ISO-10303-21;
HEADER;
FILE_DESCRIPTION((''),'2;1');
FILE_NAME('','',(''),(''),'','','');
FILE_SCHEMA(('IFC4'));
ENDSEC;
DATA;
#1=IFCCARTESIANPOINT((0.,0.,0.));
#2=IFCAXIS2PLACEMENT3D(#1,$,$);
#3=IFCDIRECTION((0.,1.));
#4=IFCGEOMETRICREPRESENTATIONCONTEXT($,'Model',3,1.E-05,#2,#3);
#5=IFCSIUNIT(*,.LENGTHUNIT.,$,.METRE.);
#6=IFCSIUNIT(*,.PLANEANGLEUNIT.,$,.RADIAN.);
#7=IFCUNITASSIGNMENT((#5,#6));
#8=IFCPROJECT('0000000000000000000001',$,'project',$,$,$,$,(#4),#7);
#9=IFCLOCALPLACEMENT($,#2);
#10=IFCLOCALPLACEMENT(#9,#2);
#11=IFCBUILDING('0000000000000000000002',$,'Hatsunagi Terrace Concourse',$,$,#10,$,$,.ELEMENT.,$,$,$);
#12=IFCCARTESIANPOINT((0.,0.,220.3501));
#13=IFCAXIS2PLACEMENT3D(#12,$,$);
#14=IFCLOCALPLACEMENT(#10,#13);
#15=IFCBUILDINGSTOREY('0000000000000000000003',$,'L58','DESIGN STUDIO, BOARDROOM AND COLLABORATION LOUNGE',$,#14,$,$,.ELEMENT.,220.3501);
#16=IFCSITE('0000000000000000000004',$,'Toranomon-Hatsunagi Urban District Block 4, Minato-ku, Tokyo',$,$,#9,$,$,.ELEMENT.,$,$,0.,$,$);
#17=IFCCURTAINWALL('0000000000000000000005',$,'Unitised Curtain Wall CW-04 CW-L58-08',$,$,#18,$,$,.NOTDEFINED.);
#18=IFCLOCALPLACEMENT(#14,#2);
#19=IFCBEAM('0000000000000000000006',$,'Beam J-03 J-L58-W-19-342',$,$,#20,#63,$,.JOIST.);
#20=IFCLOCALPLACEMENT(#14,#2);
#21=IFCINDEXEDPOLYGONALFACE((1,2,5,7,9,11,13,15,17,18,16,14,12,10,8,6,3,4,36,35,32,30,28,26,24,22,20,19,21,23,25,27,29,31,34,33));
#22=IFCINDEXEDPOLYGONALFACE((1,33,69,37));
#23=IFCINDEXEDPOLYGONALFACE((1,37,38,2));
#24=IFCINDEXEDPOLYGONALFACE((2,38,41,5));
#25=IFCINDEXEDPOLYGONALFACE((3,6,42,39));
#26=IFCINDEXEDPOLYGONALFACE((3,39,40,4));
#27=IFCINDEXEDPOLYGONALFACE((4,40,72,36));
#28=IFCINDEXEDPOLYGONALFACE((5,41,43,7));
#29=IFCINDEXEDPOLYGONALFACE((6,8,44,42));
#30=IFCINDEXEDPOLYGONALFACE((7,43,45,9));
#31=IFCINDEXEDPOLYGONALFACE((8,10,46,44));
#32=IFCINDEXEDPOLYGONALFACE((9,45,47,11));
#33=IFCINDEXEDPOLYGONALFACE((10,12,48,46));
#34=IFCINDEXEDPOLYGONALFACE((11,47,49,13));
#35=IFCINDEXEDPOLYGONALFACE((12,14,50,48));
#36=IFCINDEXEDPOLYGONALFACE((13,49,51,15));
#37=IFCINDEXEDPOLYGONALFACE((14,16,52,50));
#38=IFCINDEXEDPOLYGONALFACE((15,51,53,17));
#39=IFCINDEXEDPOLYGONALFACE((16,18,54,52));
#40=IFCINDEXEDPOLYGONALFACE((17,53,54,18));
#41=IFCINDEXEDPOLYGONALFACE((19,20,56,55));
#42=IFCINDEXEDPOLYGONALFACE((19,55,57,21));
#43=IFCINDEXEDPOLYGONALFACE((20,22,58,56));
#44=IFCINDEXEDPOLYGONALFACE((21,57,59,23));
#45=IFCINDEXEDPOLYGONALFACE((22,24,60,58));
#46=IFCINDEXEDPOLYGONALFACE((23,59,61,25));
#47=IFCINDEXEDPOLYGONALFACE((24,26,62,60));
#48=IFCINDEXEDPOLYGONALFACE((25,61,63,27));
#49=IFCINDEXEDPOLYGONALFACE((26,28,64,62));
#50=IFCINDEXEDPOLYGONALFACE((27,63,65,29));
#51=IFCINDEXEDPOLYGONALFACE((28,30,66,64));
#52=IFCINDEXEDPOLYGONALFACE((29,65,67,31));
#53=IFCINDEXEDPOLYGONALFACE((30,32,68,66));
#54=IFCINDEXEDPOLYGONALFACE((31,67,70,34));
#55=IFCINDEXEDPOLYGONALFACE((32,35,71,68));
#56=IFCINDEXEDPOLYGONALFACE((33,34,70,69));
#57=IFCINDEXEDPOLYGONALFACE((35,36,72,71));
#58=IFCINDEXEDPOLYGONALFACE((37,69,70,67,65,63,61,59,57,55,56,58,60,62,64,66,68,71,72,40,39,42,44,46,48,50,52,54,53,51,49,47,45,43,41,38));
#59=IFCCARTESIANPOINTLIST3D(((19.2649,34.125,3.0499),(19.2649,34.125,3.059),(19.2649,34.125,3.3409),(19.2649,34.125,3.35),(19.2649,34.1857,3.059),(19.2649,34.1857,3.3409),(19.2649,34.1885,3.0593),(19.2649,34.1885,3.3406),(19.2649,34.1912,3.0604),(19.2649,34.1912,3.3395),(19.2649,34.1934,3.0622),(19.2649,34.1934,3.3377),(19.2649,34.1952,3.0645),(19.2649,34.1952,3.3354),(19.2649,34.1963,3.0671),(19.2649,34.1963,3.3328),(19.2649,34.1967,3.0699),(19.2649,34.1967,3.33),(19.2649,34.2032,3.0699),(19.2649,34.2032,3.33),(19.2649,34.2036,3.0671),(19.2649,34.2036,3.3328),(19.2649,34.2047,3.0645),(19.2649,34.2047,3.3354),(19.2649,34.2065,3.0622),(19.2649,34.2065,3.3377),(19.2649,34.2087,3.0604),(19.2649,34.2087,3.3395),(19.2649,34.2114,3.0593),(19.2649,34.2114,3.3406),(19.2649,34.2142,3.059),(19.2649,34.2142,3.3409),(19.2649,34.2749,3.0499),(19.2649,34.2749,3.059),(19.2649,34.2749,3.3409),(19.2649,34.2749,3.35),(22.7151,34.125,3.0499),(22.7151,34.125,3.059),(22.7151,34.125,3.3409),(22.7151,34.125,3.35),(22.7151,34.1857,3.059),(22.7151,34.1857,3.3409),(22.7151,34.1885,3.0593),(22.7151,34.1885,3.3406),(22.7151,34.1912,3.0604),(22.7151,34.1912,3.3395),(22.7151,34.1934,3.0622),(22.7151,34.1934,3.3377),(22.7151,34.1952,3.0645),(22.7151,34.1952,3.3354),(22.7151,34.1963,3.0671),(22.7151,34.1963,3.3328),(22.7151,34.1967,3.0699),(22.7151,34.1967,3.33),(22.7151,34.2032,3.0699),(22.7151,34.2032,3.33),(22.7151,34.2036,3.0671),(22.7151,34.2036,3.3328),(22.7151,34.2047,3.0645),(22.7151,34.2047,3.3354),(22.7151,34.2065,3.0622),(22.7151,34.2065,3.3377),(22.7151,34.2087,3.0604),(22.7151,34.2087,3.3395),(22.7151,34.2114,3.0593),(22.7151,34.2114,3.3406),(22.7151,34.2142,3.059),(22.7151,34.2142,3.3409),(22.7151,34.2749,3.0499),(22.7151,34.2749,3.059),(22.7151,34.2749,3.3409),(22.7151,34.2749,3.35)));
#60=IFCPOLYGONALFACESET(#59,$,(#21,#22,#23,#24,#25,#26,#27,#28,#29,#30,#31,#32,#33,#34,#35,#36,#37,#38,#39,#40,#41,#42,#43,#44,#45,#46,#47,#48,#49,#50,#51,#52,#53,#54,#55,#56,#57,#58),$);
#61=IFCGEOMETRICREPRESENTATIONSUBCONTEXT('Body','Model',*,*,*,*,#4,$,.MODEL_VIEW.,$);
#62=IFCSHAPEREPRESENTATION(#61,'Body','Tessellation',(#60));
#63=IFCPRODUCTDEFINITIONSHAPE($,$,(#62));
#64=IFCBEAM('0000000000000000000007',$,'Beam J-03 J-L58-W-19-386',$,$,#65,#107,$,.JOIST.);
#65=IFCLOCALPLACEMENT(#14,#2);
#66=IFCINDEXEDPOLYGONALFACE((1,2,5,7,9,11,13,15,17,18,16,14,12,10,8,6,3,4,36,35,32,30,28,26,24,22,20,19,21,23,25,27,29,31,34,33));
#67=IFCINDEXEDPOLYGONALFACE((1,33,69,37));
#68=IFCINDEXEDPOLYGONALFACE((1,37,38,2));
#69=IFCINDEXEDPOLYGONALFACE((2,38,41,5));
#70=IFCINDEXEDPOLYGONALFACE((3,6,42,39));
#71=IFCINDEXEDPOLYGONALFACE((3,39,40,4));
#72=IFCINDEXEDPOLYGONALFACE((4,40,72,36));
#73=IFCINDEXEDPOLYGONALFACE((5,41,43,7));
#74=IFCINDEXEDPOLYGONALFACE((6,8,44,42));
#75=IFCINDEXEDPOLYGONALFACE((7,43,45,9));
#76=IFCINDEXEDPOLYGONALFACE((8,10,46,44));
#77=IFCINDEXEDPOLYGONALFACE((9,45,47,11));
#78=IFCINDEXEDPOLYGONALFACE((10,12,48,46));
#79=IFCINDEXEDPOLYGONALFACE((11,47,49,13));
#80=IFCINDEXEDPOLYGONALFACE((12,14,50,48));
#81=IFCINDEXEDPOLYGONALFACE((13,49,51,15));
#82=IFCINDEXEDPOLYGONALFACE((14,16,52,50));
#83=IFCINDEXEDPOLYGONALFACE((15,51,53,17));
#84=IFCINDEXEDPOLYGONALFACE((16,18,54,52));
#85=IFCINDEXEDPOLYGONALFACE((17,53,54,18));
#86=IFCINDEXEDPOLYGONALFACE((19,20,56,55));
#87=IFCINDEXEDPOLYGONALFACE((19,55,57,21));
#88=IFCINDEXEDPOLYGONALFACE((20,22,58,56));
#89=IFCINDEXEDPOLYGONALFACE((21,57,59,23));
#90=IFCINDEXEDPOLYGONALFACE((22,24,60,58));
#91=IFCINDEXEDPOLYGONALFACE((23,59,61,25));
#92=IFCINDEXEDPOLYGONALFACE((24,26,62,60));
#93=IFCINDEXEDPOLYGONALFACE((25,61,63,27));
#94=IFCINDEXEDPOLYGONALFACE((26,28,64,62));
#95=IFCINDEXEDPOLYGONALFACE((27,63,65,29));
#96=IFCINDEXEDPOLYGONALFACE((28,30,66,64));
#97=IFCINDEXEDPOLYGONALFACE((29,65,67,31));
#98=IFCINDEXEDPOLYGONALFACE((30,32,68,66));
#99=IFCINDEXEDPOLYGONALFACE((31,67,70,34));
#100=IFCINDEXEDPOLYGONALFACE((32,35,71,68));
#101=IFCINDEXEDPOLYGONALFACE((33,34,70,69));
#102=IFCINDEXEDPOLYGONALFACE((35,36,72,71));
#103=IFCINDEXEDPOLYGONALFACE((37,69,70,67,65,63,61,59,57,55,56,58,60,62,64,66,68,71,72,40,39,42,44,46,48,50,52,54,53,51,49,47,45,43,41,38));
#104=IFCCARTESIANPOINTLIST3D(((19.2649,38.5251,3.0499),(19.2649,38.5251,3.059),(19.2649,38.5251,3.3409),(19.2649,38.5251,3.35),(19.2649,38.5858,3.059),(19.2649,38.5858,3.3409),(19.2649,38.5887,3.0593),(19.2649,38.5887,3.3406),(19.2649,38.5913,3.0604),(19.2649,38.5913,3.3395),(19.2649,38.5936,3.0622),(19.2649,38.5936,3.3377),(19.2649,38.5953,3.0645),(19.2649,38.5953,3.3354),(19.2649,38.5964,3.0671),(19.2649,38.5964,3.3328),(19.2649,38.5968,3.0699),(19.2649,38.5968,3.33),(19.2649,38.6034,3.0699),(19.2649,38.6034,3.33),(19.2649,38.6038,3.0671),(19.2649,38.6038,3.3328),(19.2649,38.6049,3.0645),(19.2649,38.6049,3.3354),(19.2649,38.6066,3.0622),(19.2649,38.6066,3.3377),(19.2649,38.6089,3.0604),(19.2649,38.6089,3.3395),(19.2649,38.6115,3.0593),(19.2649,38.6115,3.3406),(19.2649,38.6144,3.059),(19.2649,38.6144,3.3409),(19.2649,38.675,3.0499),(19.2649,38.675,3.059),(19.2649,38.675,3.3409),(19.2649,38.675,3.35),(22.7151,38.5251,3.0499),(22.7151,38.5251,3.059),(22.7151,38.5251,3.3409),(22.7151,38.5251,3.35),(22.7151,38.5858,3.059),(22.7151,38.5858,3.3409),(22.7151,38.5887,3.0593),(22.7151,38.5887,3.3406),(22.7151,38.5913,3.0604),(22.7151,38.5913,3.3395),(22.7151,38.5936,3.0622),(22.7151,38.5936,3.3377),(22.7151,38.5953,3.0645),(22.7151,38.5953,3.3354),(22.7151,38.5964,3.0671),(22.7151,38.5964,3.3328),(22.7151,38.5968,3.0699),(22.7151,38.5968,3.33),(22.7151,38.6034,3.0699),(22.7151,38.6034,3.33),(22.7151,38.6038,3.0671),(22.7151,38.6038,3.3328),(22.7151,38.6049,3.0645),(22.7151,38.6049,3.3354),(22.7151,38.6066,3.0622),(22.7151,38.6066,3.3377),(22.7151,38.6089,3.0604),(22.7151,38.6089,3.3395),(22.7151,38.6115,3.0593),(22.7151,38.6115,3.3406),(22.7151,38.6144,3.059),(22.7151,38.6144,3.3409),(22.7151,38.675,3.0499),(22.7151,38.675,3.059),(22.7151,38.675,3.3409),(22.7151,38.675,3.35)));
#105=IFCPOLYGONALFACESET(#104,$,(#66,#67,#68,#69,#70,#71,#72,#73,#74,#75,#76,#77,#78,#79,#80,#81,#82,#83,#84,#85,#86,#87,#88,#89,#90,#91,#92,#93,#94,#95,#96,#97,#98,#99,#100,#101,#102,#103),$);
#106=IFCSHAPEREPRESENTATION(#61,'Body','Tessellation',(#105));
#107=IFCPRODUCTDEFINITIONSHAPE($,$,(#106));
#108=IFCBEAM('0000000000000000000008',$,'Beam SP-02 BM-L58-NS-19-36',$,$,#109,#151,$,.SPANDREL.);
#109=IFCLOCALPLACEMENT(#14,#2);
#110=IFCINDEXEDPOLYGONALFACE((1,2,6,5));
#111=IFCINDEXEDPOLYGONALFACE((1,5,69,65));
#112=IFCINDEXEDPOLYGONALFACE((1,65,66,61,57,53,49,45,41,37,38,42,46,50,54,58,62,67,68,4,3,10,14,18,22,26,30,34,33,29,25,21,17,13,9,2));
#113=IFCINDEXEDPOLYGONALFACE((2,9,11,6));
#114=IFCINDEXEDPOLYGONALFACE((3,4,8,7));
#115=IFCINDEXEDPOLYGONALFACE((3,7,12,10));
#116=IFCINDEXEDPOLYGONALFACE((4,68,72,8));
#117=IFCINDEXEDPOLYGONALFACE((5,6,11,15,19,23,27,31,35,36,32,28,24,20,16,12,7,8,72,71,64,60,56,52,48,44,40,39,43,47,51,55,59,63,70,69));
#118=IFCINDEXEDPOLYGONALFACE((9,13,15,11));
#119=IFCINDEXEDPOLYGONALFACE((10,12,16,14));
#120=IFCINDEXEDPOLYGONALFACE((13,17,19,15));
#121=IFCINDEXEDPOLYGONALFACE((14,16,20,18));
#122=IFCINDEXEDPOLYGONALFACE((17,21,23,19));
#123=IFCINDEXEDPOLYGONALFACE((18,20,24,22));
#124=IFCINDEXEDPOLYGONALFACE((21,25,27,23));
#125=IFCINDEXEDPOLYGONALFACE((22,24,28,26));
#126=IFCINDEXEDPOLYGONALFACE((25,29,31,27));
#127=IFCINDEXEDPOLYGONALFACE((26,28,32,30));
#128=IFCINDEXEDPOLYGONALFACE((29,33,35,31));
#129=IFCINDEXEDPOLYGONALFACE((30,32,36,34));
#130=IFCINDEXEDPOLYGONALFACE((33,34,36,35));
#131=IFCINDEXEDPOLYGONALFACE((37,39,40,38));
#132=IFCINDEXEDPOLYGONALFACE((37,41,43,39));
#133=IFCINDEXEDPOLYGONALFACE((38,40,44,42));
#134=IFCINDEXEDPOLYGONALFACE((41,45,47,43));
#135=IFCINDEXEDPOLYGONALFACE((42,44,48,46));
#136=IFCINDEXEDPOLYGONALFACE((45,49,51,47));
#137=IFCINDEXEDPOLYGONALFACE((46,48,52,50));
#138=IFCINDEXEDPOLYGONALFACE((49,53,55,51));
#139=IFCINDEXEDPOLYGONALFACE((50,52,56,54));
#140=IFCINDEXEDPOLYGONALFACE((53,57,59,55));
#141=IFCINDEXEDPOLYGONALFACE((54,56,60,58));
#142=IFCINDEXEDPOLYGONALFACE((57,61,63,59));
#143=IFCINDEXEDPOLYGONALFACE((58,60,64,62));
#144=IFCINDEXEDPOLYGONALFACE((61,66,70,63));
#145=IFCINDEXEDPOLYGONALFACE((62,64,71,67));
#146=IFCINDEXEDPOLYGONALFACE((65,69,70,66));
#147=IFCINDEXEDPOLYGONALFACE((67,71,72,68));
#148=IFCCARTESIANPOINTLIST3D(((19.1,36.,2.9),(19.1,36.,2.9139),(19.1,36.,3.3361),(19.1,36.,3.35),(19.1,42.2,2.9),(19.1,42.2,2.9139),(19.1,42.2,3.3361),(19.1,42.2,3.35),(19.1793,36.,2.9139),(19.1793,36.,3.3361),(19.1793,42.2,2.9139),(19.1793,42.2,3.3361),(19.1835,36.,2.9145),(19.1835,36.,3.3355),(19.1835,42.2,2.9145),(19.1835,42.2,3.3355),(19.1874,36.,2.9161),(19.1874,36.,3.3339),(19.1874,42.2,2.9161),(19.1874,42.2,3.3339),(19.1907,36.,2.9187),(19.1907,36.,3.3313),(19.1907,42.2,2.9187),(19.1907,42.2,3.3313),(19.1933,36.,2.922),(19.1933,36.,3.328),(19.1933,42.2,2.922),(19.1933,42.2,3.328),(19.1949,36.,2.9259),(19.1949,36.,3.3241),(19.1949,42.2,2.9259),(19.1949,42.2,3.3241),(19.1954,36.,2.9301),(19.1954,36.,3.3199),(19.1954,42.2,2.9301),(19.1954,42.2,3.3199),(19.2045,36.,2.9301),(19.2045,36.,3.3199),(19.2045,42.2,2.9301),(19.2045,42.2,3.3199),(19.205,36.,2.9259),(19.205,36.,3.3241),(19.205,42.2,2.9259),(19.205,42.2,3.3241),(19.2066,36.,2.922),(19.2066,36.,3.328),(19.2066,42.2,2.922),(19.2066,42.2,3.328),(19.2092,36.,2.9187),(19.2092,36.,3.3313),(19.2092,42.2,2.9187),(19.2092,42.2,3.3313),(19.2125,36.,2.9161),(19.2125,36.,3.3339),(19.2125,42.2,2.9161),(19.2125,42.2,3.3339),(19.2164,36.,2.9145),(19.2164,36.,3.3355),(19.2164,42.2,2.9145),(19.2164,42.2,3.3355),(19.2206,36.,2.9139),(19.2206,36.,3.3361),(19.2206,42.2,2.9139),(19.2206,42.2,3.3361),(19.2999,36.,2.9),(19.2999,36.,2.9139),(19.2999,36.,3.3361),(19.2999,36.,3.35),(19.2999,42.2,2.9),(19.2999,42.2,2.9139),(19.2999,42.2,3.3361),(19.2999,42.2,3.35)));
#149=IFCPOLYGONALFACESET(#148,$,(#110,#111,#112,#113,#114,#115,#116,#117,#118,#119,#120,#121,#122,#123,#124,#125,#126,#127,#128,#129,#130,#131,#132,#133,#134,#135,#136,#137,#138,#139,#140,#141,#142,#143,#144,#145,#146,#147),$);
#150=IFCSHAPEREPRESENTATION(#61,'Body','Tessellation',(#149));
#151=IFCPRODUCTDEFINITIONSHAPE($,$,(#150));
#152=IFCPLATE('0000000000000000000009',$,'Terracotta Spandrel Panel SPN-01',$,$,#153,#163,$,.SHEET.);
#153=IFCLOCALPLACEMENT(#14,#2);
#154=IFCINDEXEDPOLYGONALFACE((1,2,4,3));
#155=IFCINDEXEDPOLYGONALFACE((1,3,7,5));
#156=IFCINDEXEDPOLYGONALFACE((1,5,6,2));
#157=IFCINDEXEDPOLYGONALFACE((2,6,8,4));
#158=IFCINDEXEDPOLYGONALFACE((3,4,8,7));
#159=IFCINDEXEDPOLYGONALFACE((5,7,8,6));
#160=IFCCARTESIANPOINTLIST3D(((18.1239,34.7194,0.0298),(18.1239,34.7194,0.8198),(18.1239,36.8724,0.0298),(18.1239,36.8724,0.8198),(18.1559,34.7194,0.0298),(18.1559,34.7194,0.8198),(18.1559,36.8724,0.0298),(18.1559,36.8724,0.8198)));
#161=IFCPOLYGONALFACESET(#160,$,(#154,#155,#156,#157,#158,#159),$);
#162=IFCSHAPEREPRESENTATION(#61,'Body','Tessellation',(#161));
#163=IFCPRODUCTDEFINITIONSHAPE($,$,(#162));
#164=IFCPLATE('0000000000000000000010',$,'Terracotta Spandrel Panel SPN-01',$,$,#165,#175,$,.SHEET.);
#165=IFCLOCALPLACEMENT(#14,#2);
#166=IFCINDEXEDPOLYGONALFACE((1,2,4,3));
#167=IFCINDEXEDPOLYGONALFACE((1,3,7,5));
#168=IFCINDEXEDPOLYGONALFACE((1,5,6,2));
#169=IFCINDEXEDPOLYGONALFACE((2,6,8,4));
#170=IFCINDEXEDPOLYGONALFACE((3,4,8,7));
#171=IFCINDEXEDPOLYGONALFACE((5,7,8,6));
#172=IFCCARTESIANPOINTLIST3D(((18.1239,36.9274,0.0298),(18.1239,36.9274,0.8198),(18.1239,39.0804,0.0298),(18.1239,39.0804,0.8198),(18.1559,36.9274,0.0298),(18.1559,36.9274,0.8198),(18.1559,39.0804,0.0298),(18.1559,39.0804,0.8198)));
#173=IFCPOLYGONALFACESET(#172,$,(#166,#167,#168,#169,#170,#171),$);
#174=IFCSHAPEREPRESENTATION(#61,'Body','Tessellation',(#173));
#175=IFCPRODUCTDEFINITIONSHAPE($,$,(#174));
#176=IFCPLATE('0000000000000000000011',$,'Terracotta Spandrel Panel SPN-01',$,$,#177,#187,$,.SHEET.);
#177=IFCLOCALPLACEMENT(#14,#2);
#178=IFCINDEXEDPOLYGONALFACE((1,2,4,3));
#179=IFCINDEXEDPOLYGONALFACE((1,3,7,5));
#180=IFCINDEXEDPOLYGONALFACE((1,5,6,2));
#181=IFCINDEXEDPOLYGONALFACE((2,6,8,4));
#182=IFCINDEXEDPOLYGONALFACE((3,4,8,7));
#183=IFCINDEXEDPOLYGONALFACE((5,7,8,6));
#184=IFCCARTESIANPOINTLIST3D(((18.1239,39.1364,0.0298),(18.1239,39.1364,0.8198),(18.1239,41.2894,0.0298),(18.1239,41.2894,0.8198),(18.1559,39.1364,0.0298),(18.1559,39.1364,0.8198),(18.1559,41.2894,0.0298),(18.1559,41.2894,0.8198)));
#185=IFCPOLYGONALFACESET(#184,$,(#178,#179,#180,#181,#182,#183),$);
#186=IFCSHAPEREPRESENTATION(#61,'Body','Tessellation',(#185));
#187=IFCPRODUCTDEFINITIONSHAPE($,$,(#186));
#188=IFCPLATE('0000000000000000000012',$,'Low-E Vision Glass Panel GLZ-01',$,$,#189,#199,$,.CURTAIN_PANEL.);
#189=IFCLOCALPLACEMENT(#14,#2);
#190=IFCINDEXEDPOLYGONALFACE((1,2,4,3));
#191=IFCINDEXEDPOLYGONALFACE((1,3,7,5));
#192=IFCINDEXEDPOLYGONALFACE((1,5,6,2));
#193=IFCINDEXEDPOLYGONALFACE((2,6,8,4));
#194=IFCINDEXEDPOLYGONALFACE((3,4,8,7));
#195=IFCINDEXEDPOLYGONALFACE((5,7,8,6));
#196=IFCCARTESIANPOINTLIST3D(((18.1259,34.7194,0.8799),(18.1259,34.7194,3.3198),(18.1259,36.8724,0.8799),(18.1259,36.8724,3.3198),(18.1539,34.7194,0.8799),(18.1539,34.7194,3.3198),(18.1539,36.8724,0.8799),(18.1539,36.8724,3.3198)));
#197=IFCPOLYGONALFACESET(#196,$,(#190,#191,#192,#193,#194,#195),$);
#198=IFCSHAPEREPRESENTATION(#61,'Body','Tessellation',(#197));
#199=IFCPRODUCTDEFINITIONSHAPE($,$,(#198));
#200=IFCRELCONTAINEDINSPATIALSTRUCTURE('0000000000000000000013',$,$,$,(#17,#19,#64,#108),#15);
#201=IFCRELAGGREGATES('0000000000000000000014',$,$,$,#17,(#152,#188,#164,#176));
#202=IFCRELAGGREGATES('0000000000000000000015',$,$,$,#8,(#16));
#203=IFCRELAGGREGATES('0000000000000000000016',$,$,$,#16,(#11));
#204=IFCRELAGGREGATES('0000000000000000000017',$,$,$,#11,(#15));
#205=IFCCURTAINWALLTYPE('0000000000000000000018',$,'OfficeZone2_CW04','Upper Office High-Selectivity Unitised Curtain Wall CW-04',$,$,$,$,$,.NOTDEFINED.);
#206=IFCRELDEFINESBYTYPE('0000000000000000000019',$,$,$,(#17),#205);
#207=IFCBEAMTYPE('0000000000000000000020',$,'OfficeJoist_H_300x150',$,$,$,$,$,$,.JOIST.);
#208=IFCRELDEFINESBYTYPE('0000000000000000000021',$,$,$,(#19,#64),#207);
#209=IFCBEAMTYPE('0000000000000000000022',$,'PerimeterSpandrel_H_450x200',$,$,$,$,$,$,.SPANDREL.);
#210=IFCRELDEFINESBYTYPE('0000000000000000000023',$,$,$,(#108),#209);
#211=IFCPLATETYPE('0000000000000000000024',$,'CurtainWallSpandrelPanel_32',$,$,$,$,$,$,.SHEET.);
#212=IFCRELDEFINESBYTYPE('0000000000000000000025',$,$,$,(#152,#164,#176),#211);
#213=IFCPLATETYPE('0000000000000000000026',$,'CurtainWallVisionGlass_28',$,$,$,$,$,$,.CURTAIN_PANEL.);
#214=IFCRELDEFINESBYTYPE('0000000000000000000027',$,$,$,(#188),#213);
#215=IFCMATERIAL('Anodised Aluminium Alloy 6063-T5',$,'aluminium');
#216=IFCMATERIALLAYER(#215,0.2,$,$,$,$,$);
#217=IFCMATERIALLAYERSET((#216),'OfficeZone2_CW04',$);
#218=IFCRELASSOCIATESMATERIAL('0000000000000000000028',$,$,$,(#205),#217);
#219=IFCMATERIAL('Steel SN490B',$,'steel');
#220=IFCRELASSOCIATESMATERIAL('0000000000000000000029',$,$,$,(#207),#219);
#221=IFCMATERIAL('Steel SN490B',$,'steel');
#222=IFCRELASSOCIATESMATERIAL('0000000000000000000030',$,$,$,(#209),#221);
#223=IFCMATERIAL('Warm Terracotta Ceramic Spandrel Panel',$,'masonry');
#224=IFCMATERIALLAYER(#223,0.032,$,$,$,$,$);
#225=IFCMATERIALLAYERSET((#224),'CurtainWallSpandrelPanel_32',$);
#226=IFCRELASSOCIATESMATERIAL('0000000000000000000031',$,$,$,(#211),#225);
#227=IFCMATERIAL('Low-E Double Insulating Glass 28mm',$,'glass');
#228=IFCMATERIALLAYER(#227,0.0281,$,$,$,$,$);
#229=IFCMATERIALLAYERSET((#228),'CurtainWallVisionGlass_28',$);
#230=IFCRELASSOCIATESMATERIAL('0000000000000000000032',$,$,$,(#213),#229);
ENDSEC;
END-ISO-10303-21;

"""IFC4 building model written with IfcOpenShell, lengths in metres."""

from ifc_helpers import new_model, si_unit, direction, frame, origin, origin_2d, place, context, subcontext, project, spatial, rectangle, i_section, extrude, material, layer, layer_set, material_profile, profile_set, type_object, element, aggregate, save


model = new_model("IFC4")

# Units and contexts
model_context = context("Model", 3, precision=1e-05, world=origin(), true_north=direction((0.0, 1.0)))
body_context = subcontext(model_context, "Body", "Model", "MODEL_VIEW")
ifc_project = project(units=[si_unit("LENGTHUNIT", "METRE"), si_unit("PLANEANGLEUNIT", "RADIAN")], contexts=[model_context])

# Site, building, storey
site_placement = place(None, origin())
site = spatial("IfcSite", under=ifc_project, at=site_placement, Name="Toranomon-Hatsunagi Urban District Block 4, Minato-ku, Tokyo", CompositionType="ELEMENT", RefElevation=0.0)
building_placement = place(site_placement, origin())
building = spatial("IfcBuilding", under=site, at=building_placement, Name="Hatsunagi Terrace Concourse", CompositionType="ELEMENT")
storey_placement = place(building_placement, frame((0.0, 0.0, 220.3501)))
storey = spatial("IfcBuildingStorey", under=building, at=storey_placement, Name="L58", Description="DESIGN STUDIO, BOARDROOM AND COLLABORATION LOUNGE", CompositionType="ELEMENT", Elevation=220.3501)

# Curtain wall
ifc_material_1 = material(Name="Anodised Aluminium Alloy 6063-T5", Category="aluminium")
ifc_layer_1 = layer(ifc_material_1, 0.2)
ifc_layer_set_1 = layer_set([ifc_layer_1], Name="OfficeZone2_CW04")
curtain_wall_type = type_object("IfcCurtainWallType", Name="OfficeZone2_CW04", Description="Upper Office High-Selectivity Unitised Curtain Wall CW-04", PredefinedType="NOTDEFINED", material=ifc_layer_set_1)
curtain_wall_placement = place(storey_placement, origin())
curtain_wall = element("IfcCurtainWall", 1, at=curtain_wall_placement, inside=storey, type_object=curtain_wall_type, Name="Unitised Curtain Wall CW-04 CW-L58-08", PredefinedType="NOTDEFINED")

# Beams
ifc_material_2 = material(Name="Steel SN490B", Category="steel")
ifc_material_profile_1 = material_profile(ifc_material_2, i_section(OverallWidth=0.1499, OverallDepth=0.3, WebThickness=0.0066, FlangeThickness=0.009, FilletRadius=0.011, at=origin_2d()), Name="H-300x150x6.5x9")
ifc_profile_set_1 = profile_set([ifc_material_profile_1], Name="Steel SN490B")
beam_type_1 = type_object("IfcBeamType", Name="OfficeJoist_H_300x150", PredefinedType="JOIST", material=ifc_profile_set_1)
for number, where, z_axis, x_axis, name in (
    (2, (19.2649, 34.2, 3.2), (1.0, 0.0, 0.0), (0.0, 1.0, 0.0), "Beam J-03 J-L58-W-19-342"),
    (3, (19.2649, 38.6001, 3.2), (1.0, 0.0, 0.0), (0.0, 1.0, 0.0), "Beam J-03 J-L58-W-19-386"),
):
    element("IfcBeam", number, at=place(storey_placement, frame(where, z_axis=z_axis, x_axis=x_axis)), inside=storey, type_object=beam_type_1, Name=name, PredefinedType="JOIST", context=body_context, shape_type="SweptSolid", body=[
        extrude(i_section(OverallWidth=0.1499, OverallDepth=0.3, WebThickness=0.0066, FlangeThickness=0.009, FilletRadius=0.011, at=origin_2d()), origin(), (0.0, 0.0, 1.0), 3.4502),
    ])
ifc_material_3 = material(Name="Steel SN490B", Category="steel")
ifc_material_profile_2 = material_profile(ifc_material_3, i_section(OverallWidth=0.2, OverallDepth=0.45, WebThickness=0.009, FlangeThickness=0.0139, FilletRadius=0.0161, at=origin_2d()), Name="H-450x200x9x14")
ifc_profile_set_2 = profile_set([ifc_material_profile_2], Name="Steel SN490B")
beam_type_2 = type_object("IfcBeamType", Name="PerimeterSpandrel_H_450x200", PredefinedType="SPANDREL", material=ifc_profile_set_2)
beam_1_placement = place(storey_placement, frame((19.2, 36.0, 3.125), z_axis=(0.0, 1.0, 0.0), x_axis=(-1.0, 0.0, 0.0)))
element("IfcBeam", 4, at=beam_1_placement, inside=storey, type_object=beam_type_2, Name="Beam SP-02 BM-L58-NS-19-36", PredefinedType="SPANDREL", context=body_context, shape_type="SweptSolid", body=[
    extrude(i_section(OverallWidth=0.2, OverallDepth=0.45, WebThickness=0.009, FlangeThickness=0.0139, FilletRadius=0.0161, at=origin_2d()), origin(), (0.0, 0.0, 1.0), 6.2),
])

# Plates
ifc_material_4 = material(Name="Warm Terracotta Ceramic Spandrel Panel", Category="masonry")
ifc_layer_2 = layer(ifc_material_4, 0.032)
ifc_layer_set_2 = layer_set([ifc_layer_2], Name="CurtainWallSpandrelPanel_32")
plate_type_1 = type_object("IfcPlateType", Name="CurtainWallSpandrelPanel_32", PredefinedType="SHEET", material=ifc_layer_set_2)
plate_1_placement = place(storey_placement, frame((18.1399, 35.7959, 0.0298), z_axis=(0.0, 0.0, 1.0), x_axis=(0.0, 1.0, 0.0)))
plate_1 = element("IfcPlate", 5, at=plate_1_placement, type_object=plate_type_1, Name="Terracotta Spandrel Panel SPN-01", PredefinedType="SHEET", context=body_context, shape_type="SweptSolid", body=[
    extrude(rectangle(XDim=2.1531, YDim=0.032, at=origin_2d()), origin(), (0.0, 0.0, 1.0), 0.79),
])
plate_2_placement = place(storey_placement, frame((18.1399, 38.0039, 0.0298), z_axis=(0.0, 0.0, 1.0), x_axis=(0.0, 1.0, 0.0)))
plate_2 = element("IfcPlate", 6, at=plate_2_placement, type_object=plate_type_1, Name="Terracotta Spandrel Panel SPN-01", PredefinedType="SHEET", context=body_context, shape_type="SweptSolid", body=[
    extrude(rectangle(XDim=2.1531, YDim=0.032, at=origin_2d()), origin(), (0.0, 0.0, 1.0), 0.79),
])
plate_3_placement = place(storey_placement, frame((18.1399, 40.2129, 0.0298), z_axis=(0.0, 0.0, 1.0), x_axis=(0.0, 1.0, 0.0)))
plate_3 = element("IfcPlate", 7, at=plate_3_placement, type_object=plate_type_1, Name="Terracotta Spandrel Panel SPN-01", PredefinedType="SHEET", context=body_context, shape_type="SweptSolid", body=[
    extrude(rectangle(XDim=2.1531, YDim=0.032, at=origin_2d()), origin(), (0.0, 0.0, 1.0), 0.79),
])
ifc_material_5 = material(Name="Low-E Double Insulating Glass 28mm", Category="glass")
ifc_layer_3 = layer(ifc_material_5, 0.0281)
ifc_layer_set_3 = layer_set([ifc_layer_3], Name="CurtainWallVisionGlass_28")
plate_type_2 = type_object("IfcPlateType", Name="CurtainWallVisionGlass_28", PredefinedType="CURTAIN_PANEL", material=ifc_layer_set_3)
plate_4_placement = place(storey_placement, frame((18.1399, 35.7959, 0.8799), z_axis=(0.0, 0.0, 1.0), x_axis=(0.0, 1.0, 0.0)))
plate_4 = element("IfcPlate", 8, at=plate_4_placement, type_object=plate_type_2, Name="Low-E Vision Glass Panel GLZ-01", PredefinedType="CURTAIN_PANEL", context=body_context, shape_type="SweptSolid", body=[
    extrude(rectangle(XDim=2.1531, YDim=0.0281, at=origin_2d()), origin(), (0.0, 0.0, 1.0), 2.4399),
])
aggregate(curtain_wall, [plate_1, plate_4, plate_2, plate_3])

save(model, "model.ifc")
